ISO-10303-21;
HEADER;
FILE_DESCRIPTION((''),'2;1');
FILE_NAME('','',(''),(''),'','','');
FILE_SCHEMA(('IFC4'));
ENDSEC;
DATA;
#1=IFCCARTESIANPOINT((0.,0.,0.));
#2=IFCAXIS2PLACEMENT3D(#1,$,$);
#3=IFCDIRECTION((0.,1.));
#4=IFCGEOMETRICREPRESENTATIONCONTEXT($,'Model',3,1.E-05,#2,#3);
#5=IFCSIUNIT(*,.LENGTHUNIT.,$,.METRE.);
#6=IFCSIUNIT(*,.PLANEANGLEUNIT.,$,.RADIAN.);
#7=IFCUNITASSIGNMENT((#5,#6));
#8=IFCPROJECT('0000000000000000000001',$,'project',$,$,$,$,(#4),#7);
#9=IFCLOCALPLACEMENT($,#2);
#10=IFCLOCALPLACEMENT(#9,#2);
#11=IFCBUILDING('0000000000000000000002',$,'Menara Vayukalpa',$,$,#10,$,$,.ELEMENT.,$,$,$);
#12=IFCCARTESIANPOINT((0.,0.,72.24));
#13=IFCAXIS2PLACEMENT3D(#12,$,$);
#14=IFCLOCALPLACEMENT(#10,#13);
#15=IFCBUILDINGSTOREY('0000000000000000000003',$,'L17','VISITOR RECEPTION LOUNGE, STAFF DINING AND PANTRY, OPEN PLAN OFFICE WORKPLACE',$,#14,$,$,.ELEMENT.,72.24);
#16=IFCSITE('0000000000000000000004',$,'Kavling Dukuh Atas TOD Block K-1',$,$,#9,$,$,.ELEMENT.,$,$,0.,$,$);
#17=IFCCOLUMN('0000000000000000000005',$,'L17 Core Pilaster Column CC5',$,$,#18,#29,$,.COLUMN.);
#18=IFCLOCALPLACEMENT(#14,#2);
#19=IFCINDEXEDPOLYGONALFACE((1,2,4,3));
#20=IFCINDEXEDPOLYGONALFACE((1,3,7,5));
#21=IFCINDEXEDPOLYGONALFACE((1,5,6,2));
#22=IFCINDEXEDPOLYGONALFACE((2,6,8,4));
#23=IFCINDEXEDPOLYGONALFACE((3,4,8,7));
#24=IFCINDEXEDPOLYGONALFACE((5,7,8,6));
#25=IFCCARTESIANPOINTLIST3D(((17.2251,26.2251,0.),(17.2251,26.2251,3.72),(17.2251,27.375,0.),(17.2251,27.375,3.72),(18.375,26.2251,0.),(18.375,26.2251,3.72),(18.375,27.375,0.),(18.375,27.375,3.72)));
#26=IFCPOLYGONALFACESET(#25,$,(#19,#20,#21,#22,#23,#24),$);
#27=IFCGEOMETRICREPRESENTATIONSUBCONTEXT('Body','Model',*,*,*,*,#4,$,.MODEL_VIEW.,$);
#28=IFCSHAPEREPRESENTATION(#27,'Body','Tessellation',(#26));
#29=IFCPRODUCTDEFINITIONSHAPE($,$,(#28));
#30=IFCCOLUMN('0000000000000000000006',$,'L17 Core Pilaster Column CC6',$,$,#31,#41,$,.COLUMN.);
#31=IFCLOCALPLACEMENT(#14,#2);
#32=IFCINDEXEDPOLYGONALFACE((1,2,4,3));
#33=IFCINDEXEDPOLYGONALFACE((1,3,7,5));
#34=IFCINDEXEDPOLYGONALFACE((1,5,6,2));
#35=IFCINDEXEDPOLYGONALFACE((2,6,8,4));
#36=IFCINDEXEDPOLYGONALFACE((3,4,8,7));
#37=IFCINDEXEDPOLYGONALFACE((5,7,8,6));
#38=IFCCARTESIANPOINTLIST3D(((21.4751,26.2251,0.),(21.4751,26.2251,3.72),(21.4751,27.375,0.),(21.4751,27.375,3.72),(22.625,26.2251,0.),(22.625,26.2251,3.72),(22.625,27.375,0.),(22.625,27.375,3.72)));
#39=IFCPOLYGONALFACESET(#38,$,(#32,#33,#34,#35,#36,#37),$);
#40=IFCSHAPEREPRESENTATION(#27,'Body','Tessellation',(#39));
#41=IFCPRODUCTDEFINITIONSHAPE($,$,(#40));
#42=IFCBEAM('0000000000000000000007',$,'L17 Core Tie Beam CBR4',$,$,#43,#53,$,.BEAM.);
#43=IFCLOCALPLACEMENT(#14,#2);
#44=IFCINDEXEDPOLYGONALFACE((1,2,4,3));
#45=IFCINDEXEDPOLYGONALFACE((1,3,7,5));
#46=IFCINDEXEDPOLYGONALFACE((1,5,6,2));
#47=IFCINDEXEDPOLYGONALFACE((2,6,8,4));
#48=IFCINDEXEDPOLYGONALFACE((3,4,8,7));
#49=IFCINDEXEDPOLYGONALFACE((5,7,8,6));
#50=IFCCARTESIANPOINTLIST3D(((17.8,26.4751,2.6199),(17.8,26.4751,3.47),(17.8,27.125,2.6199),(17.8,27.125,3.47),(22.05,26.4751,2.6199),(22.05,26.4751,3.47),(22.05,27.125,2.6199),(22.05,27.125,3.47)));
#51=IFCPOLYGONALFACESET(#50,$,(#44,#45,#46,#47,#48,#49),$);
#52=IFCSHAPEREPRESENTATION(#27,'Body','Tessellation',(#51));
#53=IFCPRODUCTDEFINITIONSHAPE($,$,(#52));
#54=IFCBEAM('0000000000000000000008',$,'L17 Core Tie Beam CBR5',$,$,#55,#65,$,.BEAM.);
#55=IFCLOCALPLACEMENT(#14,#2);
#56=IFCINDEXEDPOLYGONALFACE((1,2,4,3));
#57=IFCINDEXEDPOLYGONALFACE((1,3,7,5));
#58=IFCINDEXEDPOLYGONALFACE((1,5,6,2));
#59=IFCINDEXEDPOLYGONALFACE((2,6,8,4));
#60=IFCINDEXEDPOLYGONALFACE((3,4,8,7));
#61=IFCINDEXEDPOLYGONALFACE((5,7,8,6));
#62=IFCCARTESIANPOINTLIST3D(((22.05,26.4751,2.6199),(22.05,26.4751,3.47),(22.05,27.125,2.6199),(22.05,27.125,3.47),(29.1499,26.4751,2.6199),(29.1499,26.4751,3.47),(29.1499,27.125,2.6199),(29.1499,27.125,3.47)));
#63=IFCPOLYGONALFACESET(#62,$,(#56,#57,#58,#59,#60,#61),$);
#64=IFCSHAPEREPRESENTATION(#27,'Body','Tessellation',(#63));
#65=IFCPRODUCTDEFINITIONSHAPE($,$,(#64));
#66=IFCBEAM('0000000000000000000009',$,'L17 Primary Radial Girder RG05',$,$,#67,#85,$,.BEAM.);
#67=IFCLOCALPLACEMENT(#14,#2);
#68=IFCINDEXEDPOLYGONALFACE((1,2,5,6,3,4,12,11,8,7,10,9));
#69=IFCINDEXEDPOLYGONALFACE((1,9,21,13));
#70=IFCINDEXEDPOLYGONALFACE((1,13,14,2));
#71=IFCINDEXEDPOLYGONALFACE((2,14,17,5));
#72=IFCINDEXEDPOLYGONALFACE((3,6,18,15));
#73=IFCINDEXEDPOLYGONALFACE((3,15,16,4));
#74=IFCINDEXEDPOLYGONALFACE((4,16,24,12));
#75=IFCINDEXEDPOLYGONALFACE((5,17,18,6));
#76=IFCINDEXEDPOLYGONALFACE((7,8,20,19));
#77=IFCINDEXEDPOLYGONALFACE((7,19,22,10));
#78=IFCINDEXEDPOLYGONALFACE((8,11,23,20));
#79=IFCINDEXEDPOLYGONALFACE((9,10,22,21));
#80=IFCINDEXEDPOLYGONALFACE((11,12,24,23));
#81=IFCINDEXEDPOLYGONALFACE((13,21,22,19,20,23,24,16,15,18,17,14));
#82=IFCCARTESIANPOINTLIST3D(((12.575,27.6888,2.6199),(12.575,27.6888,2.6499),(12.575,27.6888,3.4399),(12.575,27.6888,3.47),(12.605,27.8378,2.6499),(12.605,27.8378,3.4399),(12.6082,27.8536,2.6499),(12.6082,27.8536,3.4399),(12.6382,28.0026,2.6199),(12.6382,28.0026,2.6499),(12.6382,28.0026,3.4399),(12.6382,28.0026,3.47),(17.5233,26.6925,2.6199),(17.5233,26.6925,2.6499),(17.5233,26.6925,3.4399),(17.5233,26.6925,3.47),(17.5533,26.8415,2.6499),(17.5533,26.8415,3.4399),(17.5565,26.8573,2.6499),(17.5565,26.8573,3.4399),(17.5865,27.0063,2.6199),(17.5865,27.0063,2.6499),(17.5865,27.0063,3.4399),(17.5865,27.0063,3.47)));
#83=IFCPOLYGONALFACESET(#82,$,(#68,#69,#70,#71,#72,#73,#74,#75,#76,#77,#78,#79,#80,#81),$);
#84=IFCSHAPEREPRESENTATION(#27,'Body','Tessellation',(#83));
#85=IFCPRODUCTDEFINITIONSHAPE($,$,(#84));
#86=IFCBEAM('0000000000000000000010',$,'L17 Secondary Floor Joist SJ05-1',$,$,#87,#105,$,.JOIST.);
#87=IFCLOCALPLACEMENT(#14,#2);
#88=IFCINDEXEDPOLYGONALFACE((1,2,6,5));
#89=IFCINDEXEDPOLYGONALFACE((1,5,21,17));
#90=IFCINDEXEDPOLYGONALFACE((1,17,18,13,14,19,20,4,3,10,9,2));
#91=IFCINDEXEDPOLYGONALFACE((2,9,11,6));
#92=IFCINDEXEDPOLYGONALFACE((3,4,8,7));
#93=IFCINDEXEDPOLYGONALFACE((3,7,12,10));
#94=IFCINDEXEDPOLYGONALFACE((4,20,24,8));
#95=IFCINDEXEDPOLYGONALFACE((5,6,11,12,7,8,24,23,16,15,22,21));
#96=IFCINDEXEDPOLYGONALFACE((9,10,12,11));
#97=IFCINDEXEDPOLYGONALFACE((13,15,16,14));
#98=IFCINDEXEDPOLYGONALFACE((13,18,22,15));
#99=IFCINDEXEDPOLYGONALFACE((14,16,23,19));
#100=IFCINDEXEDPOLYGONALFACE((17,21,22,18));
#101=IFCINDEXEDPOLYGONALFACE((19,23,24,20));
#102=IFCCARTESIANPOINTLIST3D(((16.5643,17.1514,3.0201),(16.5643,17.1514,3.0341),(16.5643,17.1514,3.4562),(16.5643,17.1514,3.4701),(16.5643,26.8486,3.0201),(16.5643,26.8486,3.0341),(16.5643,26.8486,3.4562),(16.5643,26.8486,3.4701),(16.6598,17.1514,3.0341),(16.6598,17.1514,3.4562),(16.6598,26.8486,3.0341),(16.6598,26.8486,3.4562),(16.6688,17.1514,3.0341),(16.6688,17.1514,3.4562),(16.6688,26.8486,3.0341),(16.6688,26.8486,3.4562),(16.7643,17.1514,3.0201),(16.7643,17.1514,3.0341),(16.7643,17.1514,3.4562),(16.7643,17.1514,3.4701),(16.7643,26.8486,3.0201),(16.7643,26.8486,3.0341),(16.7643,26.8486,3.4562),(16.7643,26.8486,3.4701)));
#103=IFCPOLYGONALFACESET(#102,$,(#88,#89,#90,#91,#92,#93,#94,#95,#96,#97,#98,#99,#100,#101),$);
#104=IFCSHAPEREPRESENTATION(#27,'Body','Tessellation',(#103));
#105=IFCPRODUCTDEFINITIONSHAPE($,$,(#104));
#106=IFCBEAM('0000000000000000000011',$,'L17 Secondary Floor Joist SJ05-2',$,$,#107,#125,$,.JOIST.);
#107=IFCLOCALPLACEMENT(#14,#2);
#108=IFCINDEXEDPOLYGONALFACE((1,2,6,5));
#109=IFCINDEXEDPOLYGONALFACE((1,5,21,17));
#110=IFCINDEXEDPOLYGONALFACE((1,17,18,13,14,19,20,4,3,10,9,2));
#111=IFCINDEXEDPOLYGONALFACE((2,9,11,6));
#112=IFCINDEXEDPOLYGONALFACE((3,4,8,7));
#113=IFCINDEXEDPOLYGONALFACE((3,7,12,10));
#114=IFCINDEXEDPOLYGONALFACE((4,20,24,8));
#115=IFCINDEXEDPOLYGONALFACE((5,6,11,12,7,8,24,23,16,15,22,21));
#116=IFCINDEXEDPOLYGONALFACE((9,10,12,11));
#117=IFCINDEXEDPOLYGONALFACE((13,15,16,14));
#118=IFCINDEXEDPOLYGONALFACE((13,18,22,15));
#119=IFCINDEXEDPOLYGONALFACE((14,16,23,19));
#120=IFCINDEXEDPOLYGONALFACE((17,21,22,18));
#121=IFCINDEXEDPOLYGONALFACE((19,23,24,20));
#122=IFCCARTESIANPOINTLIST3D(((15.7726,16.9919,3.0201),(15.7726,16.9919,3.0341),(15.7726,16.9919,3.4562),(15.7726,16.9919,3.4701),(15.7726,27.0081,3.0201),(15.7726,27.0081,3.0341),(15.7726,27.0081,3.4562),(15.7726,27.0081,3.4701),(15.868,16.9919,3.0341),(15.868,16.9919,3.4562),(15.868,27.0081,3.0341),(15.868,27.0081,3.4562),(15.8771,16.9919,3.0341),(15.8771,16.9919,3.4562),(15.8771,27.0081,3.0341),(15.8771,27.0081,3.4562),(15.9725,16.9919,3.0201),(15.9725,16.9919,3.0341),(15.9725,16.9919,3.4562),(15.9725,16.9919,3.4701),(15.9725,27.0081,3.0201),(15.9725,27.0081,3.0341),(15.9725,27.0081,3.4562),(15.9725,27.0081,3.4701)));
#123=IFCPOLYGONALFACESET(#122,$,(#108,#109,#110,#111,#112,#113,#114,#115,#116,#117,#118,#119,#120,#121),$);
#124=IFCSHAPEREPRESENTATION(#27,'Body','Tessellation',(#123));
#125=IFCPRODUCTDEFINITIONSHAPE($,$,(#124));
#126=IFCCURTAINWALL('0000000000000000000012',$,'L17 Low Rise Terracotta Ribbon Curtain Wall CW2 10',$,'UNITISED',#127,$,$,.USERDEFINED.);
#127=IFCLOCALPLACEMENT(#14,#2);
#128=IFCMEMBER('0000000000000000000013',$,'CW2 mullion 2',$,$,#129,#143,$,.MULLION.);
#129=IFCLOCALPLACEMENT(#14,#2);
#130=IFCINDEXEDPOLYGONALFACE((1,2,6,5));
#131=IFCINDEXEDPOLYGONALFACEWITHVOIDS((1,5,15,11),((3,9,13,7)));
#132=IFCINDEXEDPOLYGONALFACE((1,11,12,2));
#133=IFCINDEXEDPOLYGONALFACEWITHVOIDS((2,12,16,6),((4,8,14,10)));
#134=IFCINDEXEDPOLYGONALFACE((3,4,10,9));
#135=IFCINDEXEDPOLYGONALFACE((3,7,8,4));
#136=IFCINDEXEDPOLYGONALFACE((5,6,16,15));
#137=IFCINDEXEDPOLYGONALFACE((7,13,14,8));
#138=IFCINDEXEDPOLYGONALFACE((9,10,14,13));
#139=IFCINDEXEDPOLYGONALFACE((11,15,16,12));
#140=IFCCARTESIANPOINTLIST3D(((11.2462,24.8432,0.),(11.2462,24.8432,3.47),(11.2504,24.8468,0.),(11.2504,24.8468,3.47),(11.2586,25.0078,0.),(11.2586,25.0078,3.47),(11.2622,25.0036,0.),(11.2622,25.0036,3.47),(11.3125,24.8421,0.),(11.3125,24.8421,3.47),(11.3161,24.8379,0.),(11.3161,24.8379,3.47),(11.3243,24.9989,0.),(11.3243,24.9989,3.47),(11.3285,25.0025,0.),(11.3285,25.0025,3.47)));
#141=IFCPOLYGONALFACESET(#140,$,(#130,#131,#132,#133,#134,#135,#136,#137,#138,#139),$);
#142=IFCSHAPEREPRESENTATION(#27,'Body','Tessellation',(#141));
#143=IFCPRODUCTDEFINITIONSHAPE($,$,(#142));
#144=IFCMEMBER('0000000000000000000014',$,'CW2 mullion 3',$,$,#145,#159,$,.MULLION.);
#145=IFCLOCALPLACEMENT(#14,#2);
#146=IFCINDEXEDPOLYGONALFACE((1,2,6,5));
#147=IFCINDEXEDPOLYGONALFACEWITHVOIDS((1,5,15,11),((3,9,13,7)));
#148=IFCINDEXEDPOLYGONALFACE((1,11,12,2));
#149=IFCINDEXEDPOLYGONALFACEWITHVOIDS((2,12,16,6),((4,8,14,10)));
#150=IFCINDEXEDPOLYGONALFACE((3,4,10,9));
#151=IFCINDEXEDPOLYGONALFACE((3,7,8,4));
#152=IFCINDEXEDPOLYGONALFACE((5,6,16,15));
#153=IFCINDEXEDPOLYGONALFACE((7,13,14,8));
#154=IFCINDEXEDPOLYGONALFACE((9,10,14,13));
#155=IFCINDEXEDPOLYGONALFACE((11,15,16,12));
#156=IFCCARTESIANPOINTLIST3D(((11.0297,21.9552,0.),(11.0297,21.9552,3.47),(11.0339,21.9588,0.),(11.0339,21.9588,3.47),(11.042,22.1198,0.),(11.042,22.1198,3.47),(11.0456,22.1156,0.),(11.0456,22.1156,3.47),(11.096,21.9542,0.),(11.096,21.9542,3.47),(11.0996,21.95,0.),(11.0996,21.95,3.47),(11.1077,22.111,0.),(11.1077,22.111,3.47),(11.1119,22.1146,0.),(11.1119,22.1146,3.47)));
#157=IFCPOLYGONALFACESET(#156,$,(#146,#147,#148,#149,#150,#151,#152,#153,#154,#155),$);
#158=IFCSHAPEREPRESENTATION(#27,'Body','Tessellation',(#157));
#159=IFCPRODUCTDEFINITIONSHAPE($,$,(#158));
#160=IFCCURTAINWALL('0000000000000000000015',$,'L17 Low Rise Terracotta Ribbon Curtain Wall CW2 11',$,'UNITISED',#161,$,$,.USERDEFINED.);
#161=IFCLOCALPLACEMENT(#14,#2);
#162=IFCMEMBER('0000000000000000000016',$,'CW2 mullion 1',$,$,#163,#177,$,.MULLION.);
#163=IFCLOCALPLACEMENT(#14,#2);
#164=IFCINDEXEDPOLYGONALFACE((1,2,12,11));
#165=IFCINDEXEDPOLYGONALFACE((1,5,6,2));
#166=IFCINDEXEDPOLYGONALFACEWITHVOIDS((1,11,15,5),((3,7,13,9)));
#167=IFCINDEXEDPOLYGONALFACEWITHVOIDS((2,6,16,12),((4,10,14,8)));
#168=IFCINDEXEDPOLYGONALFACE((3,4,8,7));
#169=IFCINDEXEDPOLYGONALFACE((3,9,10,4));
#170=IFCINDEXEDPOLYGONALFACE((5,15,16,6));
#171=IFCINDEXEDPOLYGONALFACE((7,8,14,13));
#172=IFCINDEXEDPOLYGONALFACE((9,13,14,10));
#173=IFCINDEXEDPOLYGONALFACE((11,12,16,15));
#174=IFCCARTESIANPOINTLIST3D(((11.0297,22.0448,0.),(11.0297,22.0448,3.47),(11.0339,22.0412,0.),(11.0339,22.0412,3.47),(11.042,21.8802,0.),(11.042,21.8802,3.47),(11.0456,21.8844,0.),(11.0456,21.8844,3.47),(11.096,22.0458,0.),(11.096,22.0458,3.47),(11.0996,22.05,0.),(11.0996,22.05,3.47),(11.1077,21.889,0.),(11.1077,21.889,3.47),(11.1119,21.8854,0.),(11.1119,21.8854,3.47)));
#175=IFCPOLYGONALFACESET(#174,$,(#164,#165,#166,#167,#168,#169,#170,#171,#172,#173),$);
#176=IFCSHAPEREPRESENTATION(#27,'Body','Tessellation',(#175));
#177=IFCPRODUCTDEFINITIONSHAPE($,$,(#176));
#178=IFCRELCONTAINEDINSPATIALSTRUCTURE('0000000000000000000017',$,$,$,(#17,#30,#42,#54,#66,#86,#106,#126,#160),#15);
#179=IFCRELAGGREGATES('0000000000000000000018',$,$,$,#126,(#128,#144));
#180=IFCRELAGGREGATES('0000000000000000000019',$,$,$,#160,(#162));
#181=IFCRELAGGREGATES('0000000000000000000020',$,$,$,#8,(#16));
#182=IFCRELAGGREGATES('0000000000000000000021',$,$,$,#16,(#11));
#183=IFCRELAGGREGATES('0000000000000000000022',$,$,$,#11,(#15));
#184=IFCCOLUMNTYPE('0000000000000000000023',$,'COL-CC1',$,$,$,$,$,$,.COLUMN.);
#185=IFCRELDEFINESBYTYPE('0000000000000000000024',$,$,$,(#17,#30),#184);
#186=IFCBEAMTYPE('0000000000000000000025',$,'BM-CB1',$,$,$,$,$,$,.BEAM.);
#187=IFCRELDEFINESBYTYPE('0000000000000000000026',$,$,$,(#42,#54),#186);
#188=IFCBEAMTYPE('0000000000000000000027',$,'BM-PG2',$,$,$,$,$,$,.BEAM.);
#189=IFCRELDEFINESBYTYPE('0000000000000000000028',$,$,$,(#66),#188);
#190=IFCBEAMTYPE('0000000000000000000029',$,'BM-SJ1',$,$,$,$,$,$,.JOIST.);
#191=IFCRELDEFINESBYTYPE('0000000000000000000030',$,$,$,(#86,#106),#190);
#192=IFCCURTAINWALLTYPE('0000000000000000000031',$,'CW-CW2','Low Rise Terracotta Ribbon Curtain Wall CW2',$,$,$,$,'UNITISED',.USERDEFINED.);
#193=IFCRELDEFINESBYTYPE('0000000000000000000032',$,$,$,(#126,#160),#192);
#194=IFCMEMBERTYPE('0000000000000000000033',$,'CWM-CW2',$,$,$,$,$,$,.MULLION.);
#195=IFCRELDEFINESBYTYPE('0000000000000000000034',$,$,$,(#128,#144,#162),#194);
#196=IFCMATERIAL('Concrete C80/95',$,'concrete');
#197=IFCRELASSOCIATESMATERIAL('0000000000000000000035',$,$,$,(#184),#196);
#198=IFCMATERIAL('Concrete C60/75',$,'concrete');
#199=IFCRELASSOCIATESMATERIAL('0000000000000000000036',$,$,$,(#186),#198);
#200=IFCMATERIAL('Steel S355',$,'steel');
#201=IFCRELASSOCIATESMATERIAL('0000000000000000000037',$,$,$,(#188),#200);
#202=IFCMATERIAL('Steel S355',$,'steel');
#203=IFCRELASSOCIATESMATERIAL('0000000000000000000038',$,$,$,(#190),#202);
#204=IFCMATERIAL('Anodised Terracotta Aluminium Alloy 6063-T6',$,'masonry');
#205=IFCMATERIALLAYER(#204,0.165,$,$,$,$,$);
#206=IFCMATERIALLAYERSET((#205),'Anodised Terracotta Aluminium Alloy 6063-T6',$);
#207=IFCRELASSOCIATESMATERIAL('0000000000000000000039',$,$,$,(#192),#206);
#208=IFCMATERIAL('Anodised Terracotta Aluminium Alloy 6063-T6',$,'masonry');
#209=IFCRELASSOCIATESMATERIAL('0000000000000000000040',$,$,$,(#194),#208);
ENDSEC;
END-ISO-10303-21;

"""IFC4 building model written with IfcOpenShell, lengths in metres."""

from ifc_helpers import new_model, si_unit, direction, frame, origin, origin_2d, place, context, subcontext, project, spatial, rectangle, hollow_rectangle, i_section, extrude, material, layer, layer_set, material_profile, profile_set, type_object, element, aggregate, save


model = new_model("IFC4")

# Units and contexts
model_context = context("Model", 3, precision=1e-05, world=origin(), true_north=direction((0.0, 1.0)))
body_context = subcontext(model_context, "Body", "Model", "MODEL_VIEW")
ifc_project = project(units=[si_unit("LENGTHUNIT", "METRE"), si_unit("PLANEANGLEUNIT", "RADIAN")], contexts=[model_context])

# Site, building, storey
site_placement = place(None, origin())
site = spatial("IfcSite", under=ifc_project, at=site_placement, Name="Kavling Dukuh Atas TOD Block K-1", CompositionType="ELEMENT", RefElevation=0.0)
building_placement = place(site_placement, origin())
building = spatial("IfcBuilding", under=site, at=building_placement, Name="Menara Vayukalpa", CompositionType="ELEMENT")
storey_placement = place(building_placement, frame((0.0, 0.0, 72.24)))
storey = spatial("IfcBuildingStorey", under=building, at=storey_placement, Name="L17", Description="VISITOR RECEPTION LOUNGE, STAFF DINING AND PANTRY, OPEN PLAN OFFICE WORKPLACE", CompositionType="ELEMENT", Elevation=72.24)

# Columns
ifc_material_1 = material(Name="Concrete C80/95", Category="concrete")
ifc_material_profile_1 = material_profile(ifc_material_1, rectangle(XDim=1.1499, YDim=1.1499, at=origin_2d()), Name="RC 1150x1150")
ifc_profile_set_1 = profile_set([ifc_material_profile_1], Name="Concrete C80/95")
column_type = type_object("IfcColumnType", Name="COL-CC1", PredefinedType="COLUMN", material=ifc_profile_set_1)
for number, where, z_axis, x_axis, name in (
    (1, (17.8, 26.8, 0.0), (0.0, 0.0, 1.0), (1.0, 0.0, 0.0), "L17 Core Pilaster Column CC5"),
    (2, (22.05, 26.8, 0.0), (0.0, 0.0, 1.0), (1.0, 0.0, 0.0), "L17 Core Pilaster Column CC6"),
):
    element("IfcColumn", number, at=place(storey_placement, frame(where, z_axis=z_axis, x_axis=x_axis)), inside=storey, type_object=column_type, Name=name, PredefinedType="COLUMN", context=body_context, shape_type="SweptSolid", body=[
        extrude(rectangle(XDim=1.1499, YDim=1.1499, at=origin_2d()), origin(), (0.0, 0.0, 1.0), 3.72),
    ])

# Beams
ifc_material_2 = material(Name="Concrete C60/75", Category="concrete")
ifc_material_profile_2 = material_profile(ifc_material_2, rectangle(XDim=0.6499, YDim=0.8501, at=origin_2d()), Name="RC 650x850")
ifc_profile_set_2 = profile_set([ifc_material_profile_2], Name="Concrete C60/75")
beam_type_1 = type_object("IfcBeamType", Name="BM-CB1", PredefinedType="BEAM", material=ifc_profile_set_2)
beam_1_placement = place(storey_placement, frame((17.8, 26.8, 3.0449), z_axis=(1.0, 0.0, 0.0), x_axis=(0.0, 1.0, 0.0)))
element("IfcBeam", 3, at=beam_1_placement, inside=storey, type_object=beam_type_1, Name="L17 Core Tie Beam CBR4", PredefinedType="BEAM", context=body_context, shape_type="SweptSolid", body=[
    extrude(rectangle(XDim=0.6499, YDim=0.8501, at=origin_2d()), origin(), (0.0, 0.0, 1.0), 4.25),
])
beam_2_placement = place(storey_placement, frame((22.05, 26.8, 3.0449), z_axis=(1.0, 0.0, 0.0), x_axis=(0.0, 1.0, 0.0)))
element("IfcBeam", 4, at=beam_2_placement, inside=storey, type_object=beam_type_1, Name="L17 Core Tie Beam CBR5", PredefinedType="BEAM", context=body_context, shape_type="SweptSolid", body=[
    extrude(rectangle(XDim=0.6499, YDim=0.8501, at=origin_2d()), origin(), (0.0, 0.0, 1.0), 7.0999),
])
ifc_material_3 = material(Name="Steel S355", Category="steel")
ifc_material_profile_3 = material_profile(ifc_material_3, i_section(OverallWidth=0.3201, OverallDepth=0.8501, WebThickness=0.0161, FlangeThickness=0.03, at=origin_2d()), Name="WF 850x320x16x30")
ifc_profile_set_3 = profile_set([ifc_material_profile_3], Name="Steel S355")
beam_type_2 = type_object("IfcBeamType", Name="BM-PG2", PredefinedType="BEAM", material=ifc_profile_set_3)
beam_3_placement = place(storey_placement, frame((17.5549, 26.8494, 3.0449), z_axis=(-0.980325, 0.19739, 0.0), x_axis=(-0.19739, -0.980325, 0.0)))
element("IfcBeam", 5, at=beam_3_placement, inside=storey, type_object=beam_type_2, Name="L17 Primary Radial Girder RG05", PredefinedType="BEAM", context=body_context, shape_type="SweptSolid", body=[
    extrude(i_section(OverallWidth=0.3201, OverallDepth=0.8501, WebThickness=0.0161, FlangeThickness=0.03, at=origin_2d()), origin(), (0.0, 0.0, 1.0), 5.0476),
])
ifc_material_4 = material(Name="Steel S355", Category="steel")
ifc_material_profile_4 = material_profile(ifc_material_4, i_section(OverallWidth=0.2, OverallDepth=0.45, WebThickness=0.009, FlangeThickness=0.0139, at=origin_2d()), Name="WF 450x200x9x14")
ifc_profile_set_4 = profile_set([ifc_material_profile_4], Name="Steel S355")
beam_type_3 = type_object("IfcBeamType", Name="BM-SJ1", PredefinedType="JOIST", material=ifc_profile_set_4)
beam_4_placement = place(storey_placement, frame((16.6643, 26.8486, 3.2451), z_axis=(0.0, -1.0, 0.0), x_axis=(1.0, 0.0, 0.0)))
element("IfcBeam", 6, at=beam_4_placement, inside=storey, type_object=beam_type_3, Name="L17 Secondary Floor Joist SJ05-1", PredefinedType="JOIST", context=body_context, shape_type="SweptSolid", body=[
    extrude(i_section(OverallWidth=0.2, OverallDepth=0.45, WebThickness=0.009, FlangeThickness=0.0139, at=origin_2d()), origin(), (0.0, 0.0, 1.0), 9.6973),
])
beam_5_placement = place(storey_placement, frame((15.8726, 27.0081, 3.2451), z_axis=(0.0, -1.0, 0.0), x_axis=(1.0, 0.0, 0.0)))
element("IfcBeam", 7, at=beam_5_placement, inside=storey, type_object=beam_type_3, Name="L17 Secondary Floor Joist SJ05-2", PredefinedType="JOIST", context=body_context, shape_type="SweptSolid", body=[
    extrude(i_section(OverallWidth=0.2, OverallDepth=0.45, WebThickness=0.009, FlangeThickness=0.0139, at=origin_2d()), origin(), (0.0, 0.0, 1.0), 10.0161),
])

# Curtain wall, members
ifc_material_5 = material(Name="Anodised Terracotta Aluminium Alloy 6063-T6", Category="masonry")
ifc_layer_1 = layer(ifc_material_5, 0.165)
ifc_layer_set_1 = layer_set([ifc_layer_1], Name="Anodised Terracotta Aluminium Alloy 6063-T6")
curtain_wall_type = type_object("IfcCurtainWallType", Name="CW-CW2", Description="Low Rise Terracotta Ribbon Curtain Wall CW2", ElementType="UNITISED", PredefinedType="USERDEFINED", material=ifc_layer_set_1)
curtain_wall_1_placement = place(storey_placement, origin())
curtain_wall_1 = element("IfcCurtainWall", 8, at=curtain_wall_1_placement, inside=storey, type_object=curtain_wall_type, Name="L17 Low Rise Terracotta Ribbon Curtain Wall CW2 10", ObjectType="UNITISED", PredefinedType="USERDEFINED")
ifc_material_6 = material(Name="Anodised Terracotta Aluminium Alloy 6063-T6", Category="masonry")
ifc_material_profile_5 = material_profile(ifc_material_6, hollow_rectangle(XDim=0.0701, YDim=0.165, WallThickness=0.0039, at=origin_2d()), Name="ALU 70x165x4")
ifc_profile_set_5 = profile_set([ifc_material_profile_5], Name="Anodised Terracotta Aluminium Alloy 6063-T6")
member_type_1 = type_object("IfcMemberType", Name="CWM-CW2", PredefinedType="MULLION", material=ifc_profile_set_5)
member_1_placement = place(storey_placement, frame((11.2874, 24.9229, 0.0), z_axis=(0.0, 0.0, 1.0), x_axis=(0.9972, -0.074785, 0.0)))
member_1 = element("IfcMember", 9, at=member_1_placement, type_object=member_type_1, Name="CW2 mullion 2", PredefinedType="MULLION", context=body_context, shape_type="SweptSolid", body=[
    extrude(hollow_rectangle(XDim=0.0701, YDim=0.165, WallThickness=0.0039, at=origin_2d()), origin(), (0.0, 0.0, 1.0), 3.47),
])
member_2_placement = place(storey_placement, frame((11.0708, 22.0349, 0.0), z_axis=(0.0, 0.0, 1.0), x_axis=(0.9972, -0.074785, 0.0)))
member_2 = element("IfcMember", 10, at=member_2_placement, type_object=member_type_1, Name="CW2 mullion 3", PredefinedType="MULLION", context=body_context, shape_type="SweptSolid", body=[
    extrude(hollow_rectangle(XDim=0.0701, YDim=0.165, WallThickness=0.0039, at=origin_2d()), origin(), (0.0, 0.0, 1.0), 3.47),
])

# Curtain wall, member
curtain_wall_2_placement = place(storey_placement, origin())
curtain_wall_2 = element("IfcCurtainWall", 11, at=curtain_wall_2_placement, inside=storey, type_object=curtain_wall_type, Name="L17 Low Rise Terracotta Ribbon Curtain Wall CW2 11", ObjectType="UNITISED", PredefinedType="USERDEFINED")
member_3_placement = place(storey_placement, frame((11.0708, 21.9651, 0.0), z_axis=(0.0, 0.0, 1.0), x_axis=(0.9972, 0.074785, 0.0)))
member_3 = element("IfcMember", 12, at=member_3_placement, type_object=member_type_1, Name="CW2 mullion 1", PredefinedType="MULLION", context=body_context, shape_type="SweptSolid", body=[
    extrude(hollow_rectangle(XDim=0.0701, YDim=0.165, WallThickness=0.0039, at=origin_2d()), origin(), (0.0, 0.0, 1.0), 3.47),
])

aggregate(curtain_wall_1, [member_1, member_2])
aggregate(curtain_wall_2, [member_3])

save(model, "model.ifc")
